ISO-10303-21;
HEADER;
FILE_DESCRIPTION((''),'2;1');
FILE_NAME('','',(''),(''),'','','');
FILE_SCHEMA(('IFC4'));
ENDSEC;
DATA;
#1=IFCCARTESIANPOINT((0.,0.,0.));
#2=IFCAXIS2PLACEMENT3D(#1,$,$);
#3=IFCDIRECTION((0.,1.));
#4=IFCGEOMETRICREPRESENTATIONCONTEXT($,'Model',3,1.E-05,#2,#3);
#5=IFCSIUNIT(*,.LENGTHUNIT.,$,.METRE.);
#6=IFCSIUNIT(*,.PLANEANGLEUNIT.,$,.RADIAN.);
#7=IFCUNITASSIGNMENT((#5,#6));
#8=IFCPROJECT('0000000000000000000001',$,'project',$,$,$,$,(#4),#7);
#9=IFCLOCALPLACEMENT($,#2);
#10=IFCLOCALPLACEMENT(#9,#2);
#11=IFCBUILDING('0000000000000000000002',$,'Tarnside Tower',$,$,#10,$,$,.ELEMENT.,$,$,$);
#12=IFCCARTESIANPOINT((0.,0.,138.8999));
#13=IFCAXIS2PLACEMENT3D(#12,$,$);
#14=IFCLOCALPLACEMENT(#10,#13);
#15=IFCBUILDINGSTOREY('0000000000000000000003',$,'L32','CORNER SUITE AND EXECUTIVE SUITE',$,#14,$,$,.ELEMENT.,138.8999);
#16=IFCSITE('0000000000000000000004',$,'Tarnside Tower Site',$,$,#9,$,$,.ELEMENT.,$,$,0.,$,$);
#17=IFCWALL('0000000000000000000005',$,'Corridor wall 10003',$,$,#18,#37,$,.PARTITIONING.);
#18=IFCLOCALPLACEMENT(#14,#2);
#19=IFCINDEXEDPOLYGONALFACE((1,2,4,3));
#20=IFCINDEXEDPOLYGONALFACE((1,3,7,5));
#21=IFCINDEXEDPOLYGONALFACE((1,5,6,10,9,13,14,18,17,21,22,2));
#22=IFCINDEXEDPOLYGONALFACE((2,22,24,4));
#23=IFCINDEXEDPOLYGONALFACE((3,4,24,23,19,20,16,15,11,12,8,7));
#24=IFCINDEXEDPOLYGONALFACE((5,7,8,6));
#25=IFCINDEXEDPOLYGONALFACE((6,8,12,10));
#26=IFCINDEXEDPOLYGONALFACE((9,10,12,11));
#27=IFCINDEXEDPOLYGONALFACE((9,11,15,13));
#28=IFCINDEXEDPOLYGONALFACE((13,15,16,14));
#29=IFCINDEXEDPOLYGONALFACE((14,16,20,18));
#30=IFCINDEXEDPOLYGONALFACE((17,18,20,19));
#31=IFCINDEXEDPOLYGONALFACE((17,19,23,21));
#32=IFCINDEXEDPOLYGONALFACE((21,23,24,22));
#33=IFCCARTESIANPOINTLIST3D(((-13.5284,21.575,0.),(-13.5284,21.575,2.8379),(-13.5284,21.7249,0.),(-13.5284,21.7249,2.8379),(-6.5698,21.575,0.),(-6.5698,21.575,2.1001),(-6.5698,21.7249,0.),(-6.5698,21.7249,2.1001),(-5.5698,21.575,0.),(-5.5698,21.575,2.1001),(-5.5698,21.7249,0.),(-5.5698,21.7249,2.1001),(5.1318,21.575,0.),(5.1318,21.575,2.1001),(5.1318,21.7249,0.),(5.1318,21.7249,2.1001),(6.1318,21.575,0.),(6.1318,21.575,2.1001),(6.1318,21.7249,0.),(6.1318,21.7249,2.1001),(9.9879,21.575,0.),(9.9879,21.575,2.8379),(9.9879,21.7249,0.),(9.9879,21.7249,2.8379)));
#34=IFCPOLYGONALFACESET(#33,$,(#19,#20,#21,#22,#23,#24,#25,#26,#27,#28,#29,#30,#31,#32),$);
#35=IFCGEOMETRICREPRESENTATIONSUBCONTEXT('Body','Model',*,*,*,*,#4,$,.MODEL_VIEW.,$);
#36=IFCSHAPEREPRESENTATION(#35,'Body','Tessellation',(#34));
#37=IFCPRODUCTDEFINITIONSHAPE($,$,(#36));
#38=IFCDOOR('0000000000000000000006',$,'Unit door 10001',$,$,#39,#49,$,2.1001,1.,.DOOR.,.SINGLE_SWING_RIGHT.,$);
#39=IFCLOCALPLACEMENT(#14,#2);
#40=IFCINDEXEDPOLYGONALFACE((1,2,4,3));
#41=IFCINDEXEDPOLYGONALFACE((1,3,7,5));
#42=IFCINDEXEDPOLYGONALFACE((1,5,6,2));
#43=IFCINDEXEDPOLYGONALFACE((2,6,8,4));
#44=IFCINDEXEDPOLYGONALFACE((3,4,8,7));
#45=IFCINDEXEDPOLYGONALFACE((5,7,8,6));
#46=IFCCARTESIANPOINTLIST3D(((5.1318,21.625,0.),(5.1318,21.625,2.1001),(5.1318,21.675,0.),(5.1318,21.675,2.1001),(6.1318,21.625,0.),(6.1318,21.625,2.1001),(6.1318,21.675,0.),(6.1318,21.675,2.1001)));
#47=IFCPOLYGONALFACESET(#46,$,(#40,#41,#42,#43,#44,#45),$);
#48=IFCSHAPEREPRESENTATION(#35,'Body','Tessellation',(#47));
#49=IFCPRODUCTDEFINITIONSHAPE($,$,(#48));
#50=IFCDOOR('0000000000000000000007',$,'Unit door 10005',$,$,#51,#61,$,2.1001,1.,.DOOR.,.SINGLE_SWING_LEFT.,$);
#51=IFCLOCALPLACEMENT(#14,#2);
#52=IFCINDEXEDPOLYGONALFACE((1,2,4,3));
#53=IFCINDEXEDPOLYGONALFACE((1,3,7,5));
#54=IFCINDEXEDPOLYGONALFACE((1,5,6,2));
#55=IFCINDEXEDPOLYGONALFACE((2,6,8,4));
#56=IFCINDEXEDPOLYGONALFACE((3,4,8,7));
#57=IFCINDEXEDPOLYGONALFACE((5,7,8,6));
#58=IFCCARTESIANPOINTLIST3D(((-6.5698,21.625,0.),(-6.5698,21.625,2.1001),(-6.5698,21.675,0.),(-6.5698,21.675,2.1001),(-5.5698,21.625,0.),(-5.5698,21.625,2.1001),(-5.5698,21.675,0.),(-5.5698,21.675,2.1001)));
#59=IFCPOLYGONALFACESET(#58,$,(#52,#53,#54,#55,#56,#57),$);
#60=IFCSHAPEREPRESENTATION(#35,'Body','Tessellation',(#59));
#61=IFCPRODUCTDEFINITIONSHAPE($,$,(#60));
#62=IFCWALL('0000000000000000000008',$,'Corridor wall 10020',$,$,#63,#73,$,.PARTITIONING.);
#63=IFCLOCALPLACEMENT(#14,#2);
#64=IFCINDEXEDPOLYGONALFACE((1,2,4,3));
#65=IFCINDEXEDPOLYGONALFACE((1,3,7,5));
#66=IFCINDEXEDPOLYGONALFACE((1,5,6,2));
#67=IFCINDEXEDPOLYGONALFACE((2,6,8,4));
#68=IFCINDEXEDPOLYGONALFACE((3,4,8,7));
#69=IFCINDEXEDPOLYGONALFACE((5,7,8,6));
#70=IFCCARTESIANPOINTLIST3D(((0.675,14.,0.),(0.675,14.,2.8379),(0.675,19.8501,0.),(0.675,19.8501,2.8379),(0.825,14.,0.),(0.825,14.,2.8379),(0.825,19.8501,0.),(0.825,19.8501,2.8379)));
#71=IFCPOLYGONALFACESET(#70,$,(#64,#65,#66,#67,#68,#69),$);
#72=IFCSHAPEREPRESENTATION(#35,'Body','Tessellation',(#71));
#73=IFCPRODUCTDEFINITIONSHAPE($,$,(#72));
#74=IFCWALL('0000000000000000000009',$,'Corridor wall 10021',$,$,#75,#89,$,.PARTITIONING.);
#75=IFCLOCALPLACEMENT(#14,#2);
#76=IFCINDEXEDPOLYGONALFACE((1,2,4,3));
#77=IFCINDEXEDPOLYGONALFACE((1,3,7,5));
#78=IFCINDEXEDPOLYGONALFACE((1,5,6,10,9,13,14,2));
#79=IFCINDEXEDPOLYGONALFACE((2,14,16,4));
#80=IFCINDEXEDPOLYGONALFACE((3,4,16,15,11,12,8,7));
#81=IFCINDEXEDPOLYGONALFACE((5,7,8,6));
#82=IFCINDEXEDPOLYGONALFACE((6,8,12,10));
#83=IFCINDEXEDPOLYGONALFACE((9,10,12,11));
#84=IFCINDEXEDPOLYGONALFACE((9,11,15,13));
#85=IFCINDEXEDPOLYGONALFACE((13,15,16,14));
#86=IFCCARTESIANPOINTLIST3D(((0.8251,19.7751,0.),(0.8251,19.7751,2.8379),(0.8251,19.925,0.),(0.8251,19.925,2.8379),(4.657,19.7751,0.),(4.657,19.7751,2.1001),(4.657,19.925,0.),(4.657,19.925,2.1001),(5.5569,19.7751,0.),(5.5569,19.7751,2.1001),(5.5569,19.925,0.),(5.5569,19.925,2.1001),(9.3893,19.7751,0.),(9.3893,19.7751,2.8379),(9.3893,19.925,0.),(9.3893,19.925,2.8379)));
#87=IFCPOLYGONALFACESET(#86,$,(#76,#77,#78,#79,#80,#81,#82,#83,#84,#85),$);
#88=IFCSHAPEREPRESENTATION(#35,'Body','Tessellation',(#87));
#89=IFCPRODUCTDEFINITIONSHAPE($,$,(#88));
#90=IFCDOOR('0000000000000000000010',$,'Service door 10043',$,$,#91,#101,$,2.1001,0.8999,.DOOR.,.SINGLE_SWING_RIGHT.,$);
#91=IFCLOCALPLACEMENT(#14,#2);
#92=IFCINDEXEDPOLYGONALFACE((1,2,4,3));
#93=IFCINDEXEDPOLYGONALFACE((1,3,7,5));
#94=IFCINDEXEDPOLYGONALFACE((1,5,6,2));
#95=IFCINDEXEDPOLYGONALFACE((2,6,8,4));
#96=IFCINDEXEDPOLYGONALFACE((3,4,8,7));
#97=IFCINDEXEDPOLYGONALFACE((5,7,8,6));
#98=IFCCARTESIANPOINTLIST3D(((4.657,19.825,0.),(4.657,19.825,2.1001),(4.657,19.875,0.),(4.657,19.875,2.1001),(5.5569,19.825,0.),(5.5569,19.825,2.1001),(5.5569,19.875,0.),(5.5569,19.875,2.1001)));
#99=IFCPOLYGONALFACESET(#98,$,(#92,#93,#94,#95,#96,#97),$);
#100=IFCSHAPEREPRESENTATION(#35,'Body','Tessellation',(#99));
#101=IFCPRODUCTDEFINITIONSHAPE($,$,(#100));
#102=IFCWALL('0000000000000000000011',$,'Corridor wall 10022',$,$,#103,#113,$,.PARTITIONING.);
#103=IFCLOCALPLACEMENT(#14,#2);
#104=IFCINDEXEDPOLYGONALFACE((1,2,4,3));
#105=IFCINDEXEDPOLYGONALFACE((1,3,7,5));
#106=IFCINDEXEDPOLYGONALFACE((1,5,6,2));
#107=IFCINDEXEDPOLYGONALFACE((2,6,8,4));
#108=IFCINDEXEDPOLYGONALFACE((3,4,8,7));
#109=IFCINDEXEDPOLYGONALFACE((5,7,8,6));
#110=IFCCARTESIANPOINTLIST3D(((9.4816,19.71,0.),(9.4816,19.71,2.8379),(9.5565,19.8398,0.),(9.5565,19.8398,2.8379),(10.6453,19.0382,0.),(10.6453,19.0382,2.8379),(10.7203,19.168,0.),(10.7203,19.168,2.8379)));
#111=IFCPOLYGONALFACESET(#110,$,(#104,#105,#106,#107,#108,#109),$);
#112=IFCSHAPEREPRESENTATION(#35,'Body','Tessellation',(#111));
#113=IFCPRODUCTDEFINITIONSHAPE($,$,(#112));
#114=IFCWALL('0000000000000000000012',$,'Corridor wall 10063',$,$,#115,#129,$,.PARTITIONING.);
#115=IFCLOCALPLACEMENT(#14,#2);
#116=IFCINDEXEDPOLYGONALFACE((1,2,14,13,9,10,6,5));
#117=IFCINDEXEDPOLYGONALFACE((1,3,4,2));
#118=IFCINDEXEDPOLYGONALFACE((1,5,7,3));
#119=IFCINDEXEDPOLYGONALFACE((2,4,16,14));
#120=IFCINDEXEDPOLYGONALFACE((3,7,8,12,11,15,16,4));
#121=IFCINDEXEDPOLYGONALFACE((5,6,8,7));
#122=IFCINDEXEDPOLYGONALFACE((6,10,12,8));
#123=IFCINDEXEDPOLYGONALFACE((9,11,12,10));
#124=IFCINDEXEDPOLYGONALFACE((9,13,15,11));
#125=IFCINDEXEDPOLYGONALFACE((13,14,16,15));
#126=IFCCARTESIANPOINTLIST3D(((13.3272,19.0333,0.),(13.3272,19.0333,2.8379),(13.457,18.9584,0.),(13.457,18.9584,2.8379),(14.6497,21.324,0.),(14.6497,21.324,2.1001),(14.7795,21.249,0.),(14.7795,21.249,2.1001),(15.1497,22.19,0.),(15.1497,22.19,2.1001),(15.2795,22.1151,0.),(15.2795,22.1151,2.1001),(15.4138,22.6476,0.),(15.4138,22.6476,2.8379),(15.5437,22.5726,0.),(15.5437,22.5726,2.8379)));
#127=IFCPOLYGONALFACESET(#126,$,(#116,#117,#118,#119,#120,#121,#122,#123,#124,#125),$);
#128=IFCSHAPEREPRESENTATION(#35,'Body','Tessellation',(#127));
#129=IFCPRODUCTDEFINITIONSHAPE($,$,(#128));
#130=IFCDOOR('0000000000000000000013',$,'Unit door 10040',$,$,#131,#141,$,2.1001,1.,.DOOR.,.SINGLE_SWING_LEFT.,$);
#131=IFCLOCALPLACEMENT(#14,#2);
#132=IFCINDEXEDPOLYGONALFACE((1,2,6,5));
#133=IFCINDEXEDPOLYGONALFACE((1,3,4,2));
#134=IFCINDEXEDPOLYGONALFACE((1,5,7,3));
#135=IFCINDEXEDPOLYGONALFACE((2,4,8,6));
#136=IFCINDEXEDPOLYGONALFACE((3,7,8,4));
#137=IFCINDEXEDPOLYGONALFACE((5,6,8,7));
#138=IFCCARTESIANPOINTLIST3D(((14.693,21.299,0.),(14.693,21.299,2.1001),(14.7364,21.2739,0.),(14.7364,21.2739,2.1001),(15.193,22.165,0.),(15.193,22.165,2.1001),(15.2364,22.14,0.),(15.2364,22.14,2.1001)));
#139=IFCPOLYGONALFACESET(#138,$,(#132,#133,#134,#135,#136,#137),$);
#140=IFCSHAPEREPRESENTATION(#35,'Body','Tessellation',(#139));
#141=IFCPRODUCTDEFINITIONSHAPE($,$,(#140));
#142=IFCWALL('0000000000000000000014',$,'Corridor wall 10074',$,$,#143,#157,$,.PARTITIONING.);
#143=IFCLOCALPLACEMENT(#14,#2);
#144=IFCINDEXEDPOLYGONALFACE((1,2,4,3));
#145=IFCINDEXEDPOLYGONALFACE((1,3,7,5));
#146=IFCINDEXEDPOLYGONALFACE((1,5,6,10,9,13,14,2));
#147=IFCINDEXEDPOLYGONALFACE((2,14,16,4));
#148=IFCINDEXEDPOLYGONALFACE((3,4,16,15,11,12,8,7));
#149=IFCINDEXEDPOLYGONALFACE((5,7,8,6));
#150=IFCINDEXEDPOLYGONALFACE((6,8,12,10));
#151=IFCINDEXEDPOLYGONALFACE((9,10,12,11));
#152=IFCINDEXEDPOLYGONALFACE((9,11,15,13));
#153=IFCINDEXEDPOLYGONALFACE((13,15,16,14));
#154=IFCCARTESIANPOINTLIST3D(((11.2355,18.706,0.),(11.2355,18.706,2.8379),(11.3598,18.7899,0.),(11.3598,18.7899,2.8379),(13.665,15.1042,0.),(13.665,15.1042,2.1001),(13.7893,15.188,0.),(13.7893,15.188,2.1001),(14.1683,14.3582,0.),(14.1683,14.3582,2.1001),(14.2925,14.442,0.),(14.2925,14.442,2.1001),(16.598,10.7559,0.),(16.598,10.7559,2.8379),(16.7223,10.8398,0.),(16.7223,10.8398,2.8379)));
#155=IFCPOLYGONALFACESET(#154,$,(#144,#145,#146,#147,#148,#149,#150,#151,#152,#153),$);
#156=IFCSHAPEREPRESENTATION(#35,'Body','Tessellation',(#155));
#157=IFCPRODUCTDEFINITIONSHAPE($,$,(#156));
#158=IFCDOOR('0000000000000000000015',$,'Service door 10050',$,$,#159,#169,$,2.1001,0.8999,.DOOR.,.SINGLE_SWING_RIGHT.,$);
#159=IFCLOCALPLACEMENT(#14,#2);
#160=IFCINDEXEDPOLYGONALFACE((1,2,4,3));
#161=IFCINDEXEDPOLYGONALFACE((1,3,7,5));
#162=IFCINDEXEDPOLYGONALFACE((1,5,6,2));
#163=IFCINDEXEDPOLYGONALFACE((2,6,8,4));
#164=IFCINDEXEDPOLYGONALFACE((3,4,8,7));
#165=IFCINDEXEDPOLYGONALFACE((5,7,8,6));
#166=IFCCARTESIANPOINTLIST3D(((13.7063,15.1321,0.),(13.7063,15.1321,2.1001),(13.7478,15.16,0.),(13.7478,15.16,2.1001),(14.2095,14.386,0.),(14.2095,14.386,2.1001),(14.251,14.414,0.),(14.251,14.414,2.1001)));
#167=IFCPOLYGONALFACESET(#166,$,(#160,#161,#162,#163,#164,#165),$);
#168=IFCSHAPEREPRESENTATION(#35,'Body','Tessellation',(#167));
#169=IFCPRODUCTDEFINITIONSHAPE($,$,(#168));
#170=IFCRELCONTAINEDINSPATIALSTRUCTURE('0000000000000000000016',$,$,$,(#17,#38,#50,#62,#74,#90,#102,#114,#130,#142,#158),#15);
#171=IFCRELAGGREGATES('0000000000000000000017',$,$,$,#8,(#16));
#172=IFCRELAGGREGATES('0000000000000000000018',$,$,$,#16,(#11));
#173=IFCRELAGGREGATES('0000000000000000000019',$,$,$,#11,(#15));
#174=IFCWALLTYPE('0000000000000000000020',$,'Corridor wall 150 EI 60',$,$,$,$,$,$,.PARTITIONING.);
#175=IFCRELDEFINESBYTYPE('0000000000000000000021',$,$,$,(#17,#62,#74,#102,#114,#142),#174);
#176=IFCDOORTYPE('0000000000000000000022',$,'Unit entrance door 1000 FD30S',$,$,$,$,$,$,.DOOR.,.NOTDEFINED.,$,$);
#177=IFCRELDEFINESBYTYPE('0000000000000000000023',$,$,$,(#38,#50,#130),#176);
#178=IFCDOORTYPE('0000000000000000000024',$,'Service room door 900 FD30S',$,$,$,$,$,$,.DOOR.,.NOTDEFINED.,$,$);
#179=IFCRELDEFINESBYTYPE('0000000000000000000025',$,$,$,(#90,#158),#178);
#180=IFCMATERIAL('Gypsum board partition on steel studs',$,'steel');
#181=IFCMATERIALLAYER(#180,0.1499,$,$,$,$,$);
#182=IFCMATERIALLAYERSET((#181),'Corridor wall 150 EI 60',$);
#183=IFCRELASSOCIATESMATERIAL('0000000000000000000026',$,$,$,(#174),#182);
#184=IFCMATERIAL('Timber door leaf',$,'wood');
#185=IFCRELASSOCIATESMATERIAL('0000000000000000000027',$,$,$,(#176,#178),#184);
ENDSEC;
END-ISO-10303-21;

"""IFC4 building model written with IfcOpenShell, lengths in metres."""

from ifc_helpers import new_model, si_unit, direction, frame, frame_2d, origin, place, context, subcontext, project, spatial, rectangle, extrude, material, layer, layer_set, type_object, element, fill, save


model = new_model("IFC4")

# Units and contexts
model_context = context("Model", 3, precision=1e-05, world=origin(), true_north=direction((0.0, 1.0)))
body_context = subcontext(model_context, "Body", "Model", "MODEL_VIEW")
ifc_project = project(units=[si_unit("LENGTHUNIT", "METRE"), si_unit("PLANEANGLEUNIT", "RADIAN")], contexts=[model_context])

# Site, building, storey
site_placement = place(None, origin())
site = spatial("IfcSite", under=ifc_project, at=site_placement, Name="Tarnside Tower Site", CompositionType="ELEMENT", RefElevation=0.0)
building_placement = place(site_placement, origin())
building = spatial("IfcBuilding", under=site, at=building_placement, Name="Tarnside Tower", CompositionType="ELEMENT")
storey_placement = place(building_placement, frame((0.0, 0.0, 138.8999)))
storey = spatial("IfcBuildingStorey", under=building, at=storey_placement, Name="L32", Description="CORNER SUITE AND EXECUTIVE SUITE", CompositionType="ELEMENT", Elevation=138.8999)

# Shared definitions
ifc_material_1 = material(Name="Gypsum board partition on steel studs", Category="steel")
ifc_material_2 = material(Name="Timber door leaf", Category="wood")

# Shared definitions
ifc_layer_1 = layer(ifc_material_1, 0.1499)
ifc_layer_set_1 = layer_set([ifc_layer_1], Name="Corridor wall 150 EI 60")
wall_type_1 = type_object("IfcWallType", Name="Corridor wall 150 EI 60", PredefinedType="PARTITIONING", material=ifc_layer_set_1)

# Wall, openings, doors
wall_1_placement = place(storey_placement, frame((9.988, 21.6499, 0.0), z_axis=(0.0, 0.0, 1.0), x_axis=(-1.0, 0.0, 0.0)))
wall_1 = element("IfcWall", 1, at=wall_1_placement, inside=storey, type_object=wall_type_1, Name="Corridor wall 10003", PredefinedType="PARTITIONING", context=body_context, shape_type="SweptSolid", body=[
    extrude(rectangle(XDim=23.5164, YDim=0.1499, at=frame_2d((11.7583, 0.0))), origin(), (0.0, 0.0, 1.0), 2.8379),
])
opening_1_placement = place(wall_1_placement, frame((3.8562, 0.0, 0.0)))
opening_1 = element("IfcOpeningElement", 2, at=opening_1_placement, cuts=wall_1, PredefinedType="OPENING", context=body_context, shape_type="SweptSolid", body=[
    extrude(rectangle(XDim=1.0, YDim=2.1001, at=frame_2d((0.5, 1.05))), frame((0.0, 0.085, 0.0), z_axis=(0.0, -1.0, 0.0), x_axis=(1.0, 0.0, 0.0)), (0.0, 0.0, 1.0), 0.1699),
])
opening_2_placement = place(wall_1_placement, frame((15.5579, 0.0, 0.0)))
opening_2 = element("IfcOpeningElement", 3, at=opening_2_placement, cuts=wall_1, PredefinedType="OPENING", context=body_context, shape_type="SweptSolid", body=[
    extrude(rectangle(XDim=1.0, YDim=2.1001, at=frame_2d((0.5, 1.05))), frame((0.0, 0.085, 0.0), z_axis=(0.0, -1.0, 0.0), x_axis=(1.0, 0.0, 0.0)), (0.0, 0.0, 1.0), 0.1699),
])
door_type_1 = type_object("IfcDoorType", Name="Unit entrance door 1000 FD30S", OperationType="NOTDEFINED", PredefinedType="DOOR", material=ifc_material_2)
door_1_placement = place(opening_1_placement, origin())
door_1 = element("IfcDoor", 4, at=door_1_placement, inside=storey, type_object=door_type_1, Name="Unit door 10001", OperationType="SINGLE_SWING_RIGHT", OverallHeight=2.1001, OverallWidth=1.0, PredefinedType="DOOR", context=body_context, shape_type="SweptSolid", body=[
    extrude(rectangle(XDim=1.0, YDim=2.1001, at=frame_2d((0.5, 1.05))), frame((0.0, 0.0249, 0.0), z_axis=(0.0, -1.0, 0.0), x_axis=(1.0, 0.0, 0.0)), (0.0, 0.0, 1.0), 0.05),
])
fill(opening_1, door_1)
door_2_placement = place(opening_2_placement, origin())
door_2 = element("IfcDoor", 5, at=door_2_placement, inside=storey, type_object=door_type_1, Name="Unit door 10005", OperationType="SINGLE_SWING_LEFT", OverallHeight=2.1001, OverallWidth=1.0, PredefinedType="DOOR", context=body_context, shape_type="SweptSolid", body=[
    extrude(rectangle(XDim=1.0, YDim=2.1001, at=frame_2d((0.5, 1.05))), frame((0.0, 0.0249, 0.0), z_axis=(0.0, -1.0, 0.0), x_axis=(1.0, 0.0, 0.0)), (0.0, 0.0, 1.0), 0.05),
])
fill(opening_2, door_2)

# Wall
wall_2_placement = place(storey_placement, frame((0.75, 14.0, 0.0), z_axis=(0.0, 0.0, 1.0), x_axis=(0.0, 1.0, 0.0)))
element("IfcWall", 6, at=wall_2_placement, inside=storey, type_object=wall_type_1, Name="Corridor wall 10020", PredefinedType="PARTITIONING", context=body_context, shape_type="SweptSolid", body=[
    extrude(rectangle(XDim=5.8501, YDim=0.1499, at=frame_2d((2.925, 0.0))), origin(), (0.0, 0.0, 1.0), 2.8379),
])

# Wall, opening, door
wall_3_placement = place(storey_placement, frame((0.825, 19.8501, 0.0), z_axis=(0.0, 0.0, 1.0), x_axis=(1.0, 0.0, 0.0)))
wall_3 = element("IfcWall", 7, at=wall_3_placement, inside=storey, type_object=wall_type_1, Name="Corridor wall 10021", PredefinedType="PARTITIONING", context=body_context, shape_type="SweptSolid", body=[
    extrude(rectangle(XDim=8.5642, YDim=0.1499, at=frame_2d((4.2822, 0.0))), origin(), (0.0, 0.0, 1.0), 2.8379),
])
opening_3_placement = place(wall_3_placement, frame((3.832, 0.0, 0.0)))
opening_3 = element("IfcOpeningElement", 8, at=opening_3_placement, cuts=wall_3, PredefinedType="OPENING", context=body_context, shape_type="SweptSolid", body=[
    extrude(rectangle(XDim=0.8999, YDim=2.1001, at=frame_2d((0.45, 1.05))), frame((0.0, 0.085, 0.0), z_axis=(0.0, -1.0, 0.0), x_axis=(1.0, 0.0, 0.0)), (0.0, 0.0, 1.0), 0.1699),
])
door_type_2 = type_object("IfcDoorType", Name="Service room door 900 FD30S", OperationType="NOTDEFINED", PredefinedType="DOOR", material=ifc_material_2)
door_3_placement = place(opening_3_placement, origin())
door_3 = element("IfcDoor", 9, at=door_3_placement, inside=storey, type_object=door_type_2, Name="Service door 10043", OperationType="SINGLE_SWING_RIGHT", OverallHeight=2.1001, OverallWidth=0.8999, PredefinedType="DOOR", context=body_context, shape_type="SweptSolid", body=[
    extrude(rectangle(XDim=0.8999, YDim=2.1001, at=frame_2d((0.45, 1.05))), frame((0.0, 0.0249, 0.0), z_axis=(0.0, -1.0, 0.0), x_axis=(1.0, 0.0, 0.0)), (0.0, 0.0, 1.0), 0.05),
])
fill(opening_3, door_3)

# Wall
wall_4_placement = place(storey_placement, frame((9.519, 19.7749, 0.0), z_axis=(0.0, 0.0, 1.0), x_axis=(0.866043, -0.499969, 0.0)))
element("IfcWall", 10, at=wall_4_placement, inside=storey, type_object=wall_type_1, Name="Corridor wall 10022", PredefinedType="PARTITIONING", context=body_context, shape_type="SweptSolid", body=[
    extrude(rectangle(XDim=1.3438, YDim=0.1499, at=frame_2d((0.6719, 0.0))), origin(), (0.0, 0.0, 1.0), 2.8379),
])

# Walls, openings, doors
wall_5_placement = place(storey_placement, frame((13.3921, 18.9958, 0.0), z_axis=(0.0, 0.0, 1.0), x_axis=(0.499996, 0.866028, 0.0)))
wall_5 = element("IfcWall", 11, at=wall_5_placement, inside=storey, type_object=wall_type_1, Name="Corridor wall 10063", PredefinedType="PARTITIONING", context=body_context, shape_type="SweptSolid", body=[
    extrude(rectangle(XDim=4.1733, YDim=0.1499, at=frame_2d((2.0867, 0.0))), origin(), (0.0, 0.0, 1.0), 2.8379),
])
opening_4_placement = place(wall_5_placement, frame((2.645, 0.0, 0.0)))
opening_4 = element("IfcOpeningElement", 12, at=opening_4_placement, cuts=wall_5, PredefinedType="OPENING", context=body_context, shape_type="SweptSolid", body=[
    extrude(rectangle(XDim=1.0, YDim=2.1001, at=frame_2d((0.5, 1.05))), frame((0.0, 0.085, 0.0), z_axis=(0.0, -1.0, 0.0), x_axis=(1.0, 0.0, 0.0)), (0.0, 0.0, 1.0), 0.1699),
])
door_4_placement = place(opening_4_placement, origin())
door_4 = element("IfcDoor", 13, at=door_4_placement, inside=storey, type_object=door_type_1, Name="Unit door 10040", OperationType="SINGLE_SWING_LEFT", OverallHeight=2.1001, OverallWidth=1.0, PredefinedType="DOOR", context=body_context, shape_type="SweptSolid", body=[
    extrude(rectangle(XDim=1.0, YDim=2.1001, at=frame_2d((0.5, 1.05))), frame((0.0, 0.0249, 0.0), z_axis=(0.0, -1.0, 0.0), x_axis=(1.0, 0.0, 0.0)), (0.0, 0.0, 1.0), 0.05),
])
fill(opening_4, door_4)
wall_6_placement = place(storey_placement, frame((11.2976, 18.748, 0.0), z_axis=(0.0, 0.0, 1.0), x_axis=(0.559198, -0.829034, 0.0)))
wall_6 = element("IfcWall", 14, at=wall_6_placement, inside=storey, type_object=wall_type_1, Name="Corridor wall 10074", PredefinedType="PARTITIONING", context=body_context, shape_type="SweptSolid", body=[
    extrude(rectangle(XDim=9.5896, YDim=0.1499, at=frame_2d((4.7949, 0.0))), origin(), (0.0, 0.0, 1.0), 2.8379),
])
opening_5_placement = place(wall_6_placement, frame((4.3447, 0.0, 0.0)))
opening_5 = element("IfcOpeningElement", 15, at=opening_5_placement, cuts=wall_6, PredefinedType="OPENING", context=body_context, shape_type="SweptSolid", body=[
    extrude(rectangle(XDim=0.8999, YDim=2.1001, at=frame_2d((0.45, 1.05))), frame((0.0, 0.085, 0.0), z_axis=(0.0, -1.0, 0.0), x_axis=(1.0, 0.0, 0.0)), (0.0, 0.0, 1.0), 0.1699),
])
door_5_placement = place(opening_5_placement, origin())
door_5 = element("IfcDoor", 16, at=door_5_placement, inside=storey, type_object=door_type_2, Name="Service door 10050", OperationType="SINGLE_SWING_RIGHT", OverallHeight=2.1001, OverallWidth=0.8999, PredefinedType="DOOR", context=body_context, shape_type="SweptSolid", body=[
    extrude(rectangle(XDim=0.8999, YDim=2.1001, at=frame_2d((0.45, 1.05))), frame((0.0, 0.0249, 0.0), z_axis=(0.0, -1.0, 0.0), x_axis=(1.0, 0.0, 0.0)), (0.0, 0.0, 1.0), 0.05),
])
fill(opening_5, door_5)

save(model, "model.ifc")
